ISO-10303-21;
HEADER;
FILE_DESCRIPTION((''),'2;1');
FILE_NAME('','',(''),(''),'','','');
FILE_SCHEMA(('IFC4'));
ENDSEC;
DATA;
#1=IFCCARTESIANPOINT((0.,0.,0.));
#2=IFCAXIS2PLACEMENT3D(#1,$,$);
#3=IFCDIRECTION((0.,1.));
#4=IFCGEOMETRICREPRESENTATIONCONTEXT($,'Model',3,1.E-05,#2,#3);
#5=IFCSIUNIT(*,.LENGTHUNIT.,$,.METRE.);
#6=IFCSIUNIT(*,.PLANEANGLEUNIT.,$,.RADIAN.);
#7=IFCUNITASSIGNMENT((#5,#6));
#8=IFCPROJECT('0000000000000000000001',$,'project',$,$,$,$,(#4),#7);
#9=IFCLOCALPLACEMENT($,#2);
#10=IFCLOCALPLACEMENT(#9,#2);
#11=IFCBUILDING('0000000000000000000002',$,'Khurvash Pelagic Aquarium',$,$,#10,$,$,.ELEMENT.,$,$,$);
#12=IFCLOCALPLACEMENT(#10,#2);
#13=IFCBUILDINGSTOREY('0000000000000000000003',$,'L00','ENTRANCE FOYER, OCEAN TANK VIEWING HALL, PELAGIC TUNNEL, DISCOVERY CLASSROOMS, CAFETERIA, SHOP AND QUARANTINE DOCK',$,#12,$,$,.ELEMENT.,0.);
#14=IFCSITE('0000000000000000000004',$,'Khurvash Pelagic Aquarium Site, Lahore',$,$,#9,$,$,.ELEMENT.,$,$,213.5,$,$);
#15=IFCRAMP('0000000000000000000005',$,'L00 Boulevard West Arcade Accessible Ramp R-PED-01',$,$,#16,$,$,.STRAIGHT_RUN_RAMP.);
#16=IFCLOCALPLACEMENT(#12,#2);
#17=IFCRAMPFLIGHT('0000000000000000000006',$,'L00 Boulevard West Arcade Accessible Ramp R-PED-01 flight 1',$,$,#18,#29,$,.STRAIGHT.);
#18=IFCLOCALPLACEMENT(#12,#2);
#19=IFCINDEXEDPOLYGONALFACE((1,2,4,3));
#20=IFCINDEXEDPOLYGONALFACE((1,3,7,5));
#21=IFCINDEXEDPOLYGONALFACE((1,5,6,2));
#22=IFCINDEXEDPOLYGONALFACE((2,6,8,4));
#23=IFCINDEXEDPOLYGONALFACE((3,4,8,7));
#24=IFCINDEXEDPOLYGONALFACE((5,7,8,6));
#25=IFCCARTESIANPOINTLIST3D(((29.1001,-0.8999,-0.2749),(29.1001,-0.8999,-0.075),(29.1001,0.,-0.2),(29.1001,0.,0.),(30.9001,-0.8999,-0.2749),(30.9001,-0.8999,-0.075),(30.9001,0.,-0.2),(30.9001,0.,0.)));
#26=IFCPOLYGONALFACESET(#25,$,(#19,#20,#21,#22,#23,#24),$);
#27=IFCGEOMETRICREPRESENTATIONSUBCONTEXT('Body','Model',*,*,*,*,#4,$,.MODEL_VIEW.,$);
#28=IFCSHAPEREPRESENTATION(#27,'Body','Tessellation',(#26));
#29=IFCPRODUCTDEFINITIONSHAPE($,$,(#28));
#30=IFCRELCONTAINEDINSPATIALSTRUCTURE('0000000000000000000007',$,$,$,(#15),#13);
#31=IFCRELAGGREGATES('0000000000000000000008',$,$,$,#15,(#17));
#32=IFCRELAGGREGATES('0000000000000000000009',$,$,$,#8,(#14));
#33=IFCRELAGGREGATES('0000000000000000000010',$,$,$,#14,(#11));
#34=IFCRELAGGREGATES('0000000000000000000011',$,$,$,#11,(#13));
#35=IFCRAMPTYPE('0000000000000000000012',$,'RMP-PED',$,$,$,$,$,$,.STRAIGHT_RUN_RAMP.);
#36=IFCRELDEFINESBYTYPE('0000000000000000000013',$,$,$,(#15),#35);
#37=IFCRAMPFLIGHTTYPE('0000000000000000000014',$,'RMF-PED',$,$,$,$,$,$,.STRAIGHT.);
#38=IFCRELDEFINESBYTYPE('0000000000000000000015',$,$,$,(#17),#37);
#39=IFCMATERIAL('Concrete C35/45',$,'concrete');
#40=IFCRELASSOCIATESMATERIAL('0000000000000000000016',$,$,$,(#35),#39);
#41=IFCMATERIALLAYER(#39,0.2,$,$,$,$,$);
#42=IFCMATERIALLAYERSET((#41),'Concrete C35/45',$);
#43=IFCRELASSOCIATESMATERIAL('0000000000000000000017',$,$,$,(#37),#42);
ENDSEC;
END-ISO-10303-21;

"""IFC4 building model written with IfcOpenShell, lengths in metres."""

from ifc_helpers import new_model, si_unit, direction, frame, origin, place, context, subcontext, project, spatial, polyline, outline, extrude, material, layer, layer_set, type_object, element, aggregate, save


model = new_model("IFC4")

# Units and contexts
model_context = context("Model", 3, precision=1e-05, world=origin(), true_north=direction((0.0, 1.0)))
body_context = subcontext(model_context, "Body", "Model", "MODEL_VIEW")
ifc_project = project(units=[si_unit("LENGTHUNIT", "METRE"), si_unit("PLANEANGLEUNIT", "RADIAN")], contexts=[model_context])

# Site, building, storey
site_placement = place(None, origin())
site = spatial("IfcSite", under=ifc_project, at=site_placement, Name="Khurvash Pelagic Aquarium Site, Lahore", CompositionType="ELEMENT", RefElevation=213.5)
building_placement = place(site_placement, origin())
building = spatial("IfcBuilding", under=site, at=building_placement, Name="Khurvash Pelagic Aquarium", CompositionType="ELEMENT")
storey_placement = place(building_placement, origin())
storey = spatial("IfcBuildingStorey", under=building, at=storey_placement, Name="L00", Description="ENTRANCE FOYER, OCEAN TANK VIEWING HALL, PELAGIC TUNNEL, DISCOVERY CLASSROOMS, CAFETERIA, SHOP AND QUARANTINE DOCK", CompositionType="ELEMENT", Elevation=0.0)

# Shared definitions
ifc_material_1 = material(Name="Concrete C35/45", Category="concrete")

# Ramp, ramp flight
ramp_type = type_object("IfcRampType", Name="RMP-PED", PredefinedType="STRAIGHT_RUN_RAMP", material=ifc_material_1)
ramp_placement = place(storey_placement, origin())
ramp = element("IfcRamp", 1, at=ramp_placement, inside=storey, type_object=ramp_type, Name="L00 Boulevard West Arcade Accessible Ramp R-PED-01", PredefinedType="STRAIGHT_RUN_RAMP")
ifc_layer_1 = layer(ifc_material_1, 0.2)
ifc_layer_set_1 = layer_set([ifc_layer_1], Name="Concrete C35/45")
ramp_flight_type = type_object("IfcRampFlightType", Name="RMF-PED", PredefinedType="STRAIGHT", material=ifc_layer_set_1)
ramp_flight_placement = place(storey_placement, frame((30.0, -0.8999, -0.075), z_axis=(0.0, 0.0, 1.0), x_axis=(0.0, 1.0, 0.0)))
ramp_flight = element("IfcRampFlight", 2, at=ramp_flight_placement, type_object=ramp_flight_type, Name="L00 Boulevard West Arcade Accessible Ramp R-PED-01 flight 1", PredefinedType="STRAIGHT", context=body_context, shape_type="SweptSolid", body=[
    extrude(outline(polyline([(0.0, 0.0), (0.8999, 0.075), (0.8999, -0.125), (0.0, -0.2), (0.0, 0.0)])), frame((0.0, 0.8999, 0.0), z_axis=(0.0, -1.0, 0.0), x_axis=(1.0, 0.0, 0.0)), (0.0, 0.0, 1.0), 1.8),
])
aggregate(ramp, [ramp_flight])

save(model, "model.ifc")
